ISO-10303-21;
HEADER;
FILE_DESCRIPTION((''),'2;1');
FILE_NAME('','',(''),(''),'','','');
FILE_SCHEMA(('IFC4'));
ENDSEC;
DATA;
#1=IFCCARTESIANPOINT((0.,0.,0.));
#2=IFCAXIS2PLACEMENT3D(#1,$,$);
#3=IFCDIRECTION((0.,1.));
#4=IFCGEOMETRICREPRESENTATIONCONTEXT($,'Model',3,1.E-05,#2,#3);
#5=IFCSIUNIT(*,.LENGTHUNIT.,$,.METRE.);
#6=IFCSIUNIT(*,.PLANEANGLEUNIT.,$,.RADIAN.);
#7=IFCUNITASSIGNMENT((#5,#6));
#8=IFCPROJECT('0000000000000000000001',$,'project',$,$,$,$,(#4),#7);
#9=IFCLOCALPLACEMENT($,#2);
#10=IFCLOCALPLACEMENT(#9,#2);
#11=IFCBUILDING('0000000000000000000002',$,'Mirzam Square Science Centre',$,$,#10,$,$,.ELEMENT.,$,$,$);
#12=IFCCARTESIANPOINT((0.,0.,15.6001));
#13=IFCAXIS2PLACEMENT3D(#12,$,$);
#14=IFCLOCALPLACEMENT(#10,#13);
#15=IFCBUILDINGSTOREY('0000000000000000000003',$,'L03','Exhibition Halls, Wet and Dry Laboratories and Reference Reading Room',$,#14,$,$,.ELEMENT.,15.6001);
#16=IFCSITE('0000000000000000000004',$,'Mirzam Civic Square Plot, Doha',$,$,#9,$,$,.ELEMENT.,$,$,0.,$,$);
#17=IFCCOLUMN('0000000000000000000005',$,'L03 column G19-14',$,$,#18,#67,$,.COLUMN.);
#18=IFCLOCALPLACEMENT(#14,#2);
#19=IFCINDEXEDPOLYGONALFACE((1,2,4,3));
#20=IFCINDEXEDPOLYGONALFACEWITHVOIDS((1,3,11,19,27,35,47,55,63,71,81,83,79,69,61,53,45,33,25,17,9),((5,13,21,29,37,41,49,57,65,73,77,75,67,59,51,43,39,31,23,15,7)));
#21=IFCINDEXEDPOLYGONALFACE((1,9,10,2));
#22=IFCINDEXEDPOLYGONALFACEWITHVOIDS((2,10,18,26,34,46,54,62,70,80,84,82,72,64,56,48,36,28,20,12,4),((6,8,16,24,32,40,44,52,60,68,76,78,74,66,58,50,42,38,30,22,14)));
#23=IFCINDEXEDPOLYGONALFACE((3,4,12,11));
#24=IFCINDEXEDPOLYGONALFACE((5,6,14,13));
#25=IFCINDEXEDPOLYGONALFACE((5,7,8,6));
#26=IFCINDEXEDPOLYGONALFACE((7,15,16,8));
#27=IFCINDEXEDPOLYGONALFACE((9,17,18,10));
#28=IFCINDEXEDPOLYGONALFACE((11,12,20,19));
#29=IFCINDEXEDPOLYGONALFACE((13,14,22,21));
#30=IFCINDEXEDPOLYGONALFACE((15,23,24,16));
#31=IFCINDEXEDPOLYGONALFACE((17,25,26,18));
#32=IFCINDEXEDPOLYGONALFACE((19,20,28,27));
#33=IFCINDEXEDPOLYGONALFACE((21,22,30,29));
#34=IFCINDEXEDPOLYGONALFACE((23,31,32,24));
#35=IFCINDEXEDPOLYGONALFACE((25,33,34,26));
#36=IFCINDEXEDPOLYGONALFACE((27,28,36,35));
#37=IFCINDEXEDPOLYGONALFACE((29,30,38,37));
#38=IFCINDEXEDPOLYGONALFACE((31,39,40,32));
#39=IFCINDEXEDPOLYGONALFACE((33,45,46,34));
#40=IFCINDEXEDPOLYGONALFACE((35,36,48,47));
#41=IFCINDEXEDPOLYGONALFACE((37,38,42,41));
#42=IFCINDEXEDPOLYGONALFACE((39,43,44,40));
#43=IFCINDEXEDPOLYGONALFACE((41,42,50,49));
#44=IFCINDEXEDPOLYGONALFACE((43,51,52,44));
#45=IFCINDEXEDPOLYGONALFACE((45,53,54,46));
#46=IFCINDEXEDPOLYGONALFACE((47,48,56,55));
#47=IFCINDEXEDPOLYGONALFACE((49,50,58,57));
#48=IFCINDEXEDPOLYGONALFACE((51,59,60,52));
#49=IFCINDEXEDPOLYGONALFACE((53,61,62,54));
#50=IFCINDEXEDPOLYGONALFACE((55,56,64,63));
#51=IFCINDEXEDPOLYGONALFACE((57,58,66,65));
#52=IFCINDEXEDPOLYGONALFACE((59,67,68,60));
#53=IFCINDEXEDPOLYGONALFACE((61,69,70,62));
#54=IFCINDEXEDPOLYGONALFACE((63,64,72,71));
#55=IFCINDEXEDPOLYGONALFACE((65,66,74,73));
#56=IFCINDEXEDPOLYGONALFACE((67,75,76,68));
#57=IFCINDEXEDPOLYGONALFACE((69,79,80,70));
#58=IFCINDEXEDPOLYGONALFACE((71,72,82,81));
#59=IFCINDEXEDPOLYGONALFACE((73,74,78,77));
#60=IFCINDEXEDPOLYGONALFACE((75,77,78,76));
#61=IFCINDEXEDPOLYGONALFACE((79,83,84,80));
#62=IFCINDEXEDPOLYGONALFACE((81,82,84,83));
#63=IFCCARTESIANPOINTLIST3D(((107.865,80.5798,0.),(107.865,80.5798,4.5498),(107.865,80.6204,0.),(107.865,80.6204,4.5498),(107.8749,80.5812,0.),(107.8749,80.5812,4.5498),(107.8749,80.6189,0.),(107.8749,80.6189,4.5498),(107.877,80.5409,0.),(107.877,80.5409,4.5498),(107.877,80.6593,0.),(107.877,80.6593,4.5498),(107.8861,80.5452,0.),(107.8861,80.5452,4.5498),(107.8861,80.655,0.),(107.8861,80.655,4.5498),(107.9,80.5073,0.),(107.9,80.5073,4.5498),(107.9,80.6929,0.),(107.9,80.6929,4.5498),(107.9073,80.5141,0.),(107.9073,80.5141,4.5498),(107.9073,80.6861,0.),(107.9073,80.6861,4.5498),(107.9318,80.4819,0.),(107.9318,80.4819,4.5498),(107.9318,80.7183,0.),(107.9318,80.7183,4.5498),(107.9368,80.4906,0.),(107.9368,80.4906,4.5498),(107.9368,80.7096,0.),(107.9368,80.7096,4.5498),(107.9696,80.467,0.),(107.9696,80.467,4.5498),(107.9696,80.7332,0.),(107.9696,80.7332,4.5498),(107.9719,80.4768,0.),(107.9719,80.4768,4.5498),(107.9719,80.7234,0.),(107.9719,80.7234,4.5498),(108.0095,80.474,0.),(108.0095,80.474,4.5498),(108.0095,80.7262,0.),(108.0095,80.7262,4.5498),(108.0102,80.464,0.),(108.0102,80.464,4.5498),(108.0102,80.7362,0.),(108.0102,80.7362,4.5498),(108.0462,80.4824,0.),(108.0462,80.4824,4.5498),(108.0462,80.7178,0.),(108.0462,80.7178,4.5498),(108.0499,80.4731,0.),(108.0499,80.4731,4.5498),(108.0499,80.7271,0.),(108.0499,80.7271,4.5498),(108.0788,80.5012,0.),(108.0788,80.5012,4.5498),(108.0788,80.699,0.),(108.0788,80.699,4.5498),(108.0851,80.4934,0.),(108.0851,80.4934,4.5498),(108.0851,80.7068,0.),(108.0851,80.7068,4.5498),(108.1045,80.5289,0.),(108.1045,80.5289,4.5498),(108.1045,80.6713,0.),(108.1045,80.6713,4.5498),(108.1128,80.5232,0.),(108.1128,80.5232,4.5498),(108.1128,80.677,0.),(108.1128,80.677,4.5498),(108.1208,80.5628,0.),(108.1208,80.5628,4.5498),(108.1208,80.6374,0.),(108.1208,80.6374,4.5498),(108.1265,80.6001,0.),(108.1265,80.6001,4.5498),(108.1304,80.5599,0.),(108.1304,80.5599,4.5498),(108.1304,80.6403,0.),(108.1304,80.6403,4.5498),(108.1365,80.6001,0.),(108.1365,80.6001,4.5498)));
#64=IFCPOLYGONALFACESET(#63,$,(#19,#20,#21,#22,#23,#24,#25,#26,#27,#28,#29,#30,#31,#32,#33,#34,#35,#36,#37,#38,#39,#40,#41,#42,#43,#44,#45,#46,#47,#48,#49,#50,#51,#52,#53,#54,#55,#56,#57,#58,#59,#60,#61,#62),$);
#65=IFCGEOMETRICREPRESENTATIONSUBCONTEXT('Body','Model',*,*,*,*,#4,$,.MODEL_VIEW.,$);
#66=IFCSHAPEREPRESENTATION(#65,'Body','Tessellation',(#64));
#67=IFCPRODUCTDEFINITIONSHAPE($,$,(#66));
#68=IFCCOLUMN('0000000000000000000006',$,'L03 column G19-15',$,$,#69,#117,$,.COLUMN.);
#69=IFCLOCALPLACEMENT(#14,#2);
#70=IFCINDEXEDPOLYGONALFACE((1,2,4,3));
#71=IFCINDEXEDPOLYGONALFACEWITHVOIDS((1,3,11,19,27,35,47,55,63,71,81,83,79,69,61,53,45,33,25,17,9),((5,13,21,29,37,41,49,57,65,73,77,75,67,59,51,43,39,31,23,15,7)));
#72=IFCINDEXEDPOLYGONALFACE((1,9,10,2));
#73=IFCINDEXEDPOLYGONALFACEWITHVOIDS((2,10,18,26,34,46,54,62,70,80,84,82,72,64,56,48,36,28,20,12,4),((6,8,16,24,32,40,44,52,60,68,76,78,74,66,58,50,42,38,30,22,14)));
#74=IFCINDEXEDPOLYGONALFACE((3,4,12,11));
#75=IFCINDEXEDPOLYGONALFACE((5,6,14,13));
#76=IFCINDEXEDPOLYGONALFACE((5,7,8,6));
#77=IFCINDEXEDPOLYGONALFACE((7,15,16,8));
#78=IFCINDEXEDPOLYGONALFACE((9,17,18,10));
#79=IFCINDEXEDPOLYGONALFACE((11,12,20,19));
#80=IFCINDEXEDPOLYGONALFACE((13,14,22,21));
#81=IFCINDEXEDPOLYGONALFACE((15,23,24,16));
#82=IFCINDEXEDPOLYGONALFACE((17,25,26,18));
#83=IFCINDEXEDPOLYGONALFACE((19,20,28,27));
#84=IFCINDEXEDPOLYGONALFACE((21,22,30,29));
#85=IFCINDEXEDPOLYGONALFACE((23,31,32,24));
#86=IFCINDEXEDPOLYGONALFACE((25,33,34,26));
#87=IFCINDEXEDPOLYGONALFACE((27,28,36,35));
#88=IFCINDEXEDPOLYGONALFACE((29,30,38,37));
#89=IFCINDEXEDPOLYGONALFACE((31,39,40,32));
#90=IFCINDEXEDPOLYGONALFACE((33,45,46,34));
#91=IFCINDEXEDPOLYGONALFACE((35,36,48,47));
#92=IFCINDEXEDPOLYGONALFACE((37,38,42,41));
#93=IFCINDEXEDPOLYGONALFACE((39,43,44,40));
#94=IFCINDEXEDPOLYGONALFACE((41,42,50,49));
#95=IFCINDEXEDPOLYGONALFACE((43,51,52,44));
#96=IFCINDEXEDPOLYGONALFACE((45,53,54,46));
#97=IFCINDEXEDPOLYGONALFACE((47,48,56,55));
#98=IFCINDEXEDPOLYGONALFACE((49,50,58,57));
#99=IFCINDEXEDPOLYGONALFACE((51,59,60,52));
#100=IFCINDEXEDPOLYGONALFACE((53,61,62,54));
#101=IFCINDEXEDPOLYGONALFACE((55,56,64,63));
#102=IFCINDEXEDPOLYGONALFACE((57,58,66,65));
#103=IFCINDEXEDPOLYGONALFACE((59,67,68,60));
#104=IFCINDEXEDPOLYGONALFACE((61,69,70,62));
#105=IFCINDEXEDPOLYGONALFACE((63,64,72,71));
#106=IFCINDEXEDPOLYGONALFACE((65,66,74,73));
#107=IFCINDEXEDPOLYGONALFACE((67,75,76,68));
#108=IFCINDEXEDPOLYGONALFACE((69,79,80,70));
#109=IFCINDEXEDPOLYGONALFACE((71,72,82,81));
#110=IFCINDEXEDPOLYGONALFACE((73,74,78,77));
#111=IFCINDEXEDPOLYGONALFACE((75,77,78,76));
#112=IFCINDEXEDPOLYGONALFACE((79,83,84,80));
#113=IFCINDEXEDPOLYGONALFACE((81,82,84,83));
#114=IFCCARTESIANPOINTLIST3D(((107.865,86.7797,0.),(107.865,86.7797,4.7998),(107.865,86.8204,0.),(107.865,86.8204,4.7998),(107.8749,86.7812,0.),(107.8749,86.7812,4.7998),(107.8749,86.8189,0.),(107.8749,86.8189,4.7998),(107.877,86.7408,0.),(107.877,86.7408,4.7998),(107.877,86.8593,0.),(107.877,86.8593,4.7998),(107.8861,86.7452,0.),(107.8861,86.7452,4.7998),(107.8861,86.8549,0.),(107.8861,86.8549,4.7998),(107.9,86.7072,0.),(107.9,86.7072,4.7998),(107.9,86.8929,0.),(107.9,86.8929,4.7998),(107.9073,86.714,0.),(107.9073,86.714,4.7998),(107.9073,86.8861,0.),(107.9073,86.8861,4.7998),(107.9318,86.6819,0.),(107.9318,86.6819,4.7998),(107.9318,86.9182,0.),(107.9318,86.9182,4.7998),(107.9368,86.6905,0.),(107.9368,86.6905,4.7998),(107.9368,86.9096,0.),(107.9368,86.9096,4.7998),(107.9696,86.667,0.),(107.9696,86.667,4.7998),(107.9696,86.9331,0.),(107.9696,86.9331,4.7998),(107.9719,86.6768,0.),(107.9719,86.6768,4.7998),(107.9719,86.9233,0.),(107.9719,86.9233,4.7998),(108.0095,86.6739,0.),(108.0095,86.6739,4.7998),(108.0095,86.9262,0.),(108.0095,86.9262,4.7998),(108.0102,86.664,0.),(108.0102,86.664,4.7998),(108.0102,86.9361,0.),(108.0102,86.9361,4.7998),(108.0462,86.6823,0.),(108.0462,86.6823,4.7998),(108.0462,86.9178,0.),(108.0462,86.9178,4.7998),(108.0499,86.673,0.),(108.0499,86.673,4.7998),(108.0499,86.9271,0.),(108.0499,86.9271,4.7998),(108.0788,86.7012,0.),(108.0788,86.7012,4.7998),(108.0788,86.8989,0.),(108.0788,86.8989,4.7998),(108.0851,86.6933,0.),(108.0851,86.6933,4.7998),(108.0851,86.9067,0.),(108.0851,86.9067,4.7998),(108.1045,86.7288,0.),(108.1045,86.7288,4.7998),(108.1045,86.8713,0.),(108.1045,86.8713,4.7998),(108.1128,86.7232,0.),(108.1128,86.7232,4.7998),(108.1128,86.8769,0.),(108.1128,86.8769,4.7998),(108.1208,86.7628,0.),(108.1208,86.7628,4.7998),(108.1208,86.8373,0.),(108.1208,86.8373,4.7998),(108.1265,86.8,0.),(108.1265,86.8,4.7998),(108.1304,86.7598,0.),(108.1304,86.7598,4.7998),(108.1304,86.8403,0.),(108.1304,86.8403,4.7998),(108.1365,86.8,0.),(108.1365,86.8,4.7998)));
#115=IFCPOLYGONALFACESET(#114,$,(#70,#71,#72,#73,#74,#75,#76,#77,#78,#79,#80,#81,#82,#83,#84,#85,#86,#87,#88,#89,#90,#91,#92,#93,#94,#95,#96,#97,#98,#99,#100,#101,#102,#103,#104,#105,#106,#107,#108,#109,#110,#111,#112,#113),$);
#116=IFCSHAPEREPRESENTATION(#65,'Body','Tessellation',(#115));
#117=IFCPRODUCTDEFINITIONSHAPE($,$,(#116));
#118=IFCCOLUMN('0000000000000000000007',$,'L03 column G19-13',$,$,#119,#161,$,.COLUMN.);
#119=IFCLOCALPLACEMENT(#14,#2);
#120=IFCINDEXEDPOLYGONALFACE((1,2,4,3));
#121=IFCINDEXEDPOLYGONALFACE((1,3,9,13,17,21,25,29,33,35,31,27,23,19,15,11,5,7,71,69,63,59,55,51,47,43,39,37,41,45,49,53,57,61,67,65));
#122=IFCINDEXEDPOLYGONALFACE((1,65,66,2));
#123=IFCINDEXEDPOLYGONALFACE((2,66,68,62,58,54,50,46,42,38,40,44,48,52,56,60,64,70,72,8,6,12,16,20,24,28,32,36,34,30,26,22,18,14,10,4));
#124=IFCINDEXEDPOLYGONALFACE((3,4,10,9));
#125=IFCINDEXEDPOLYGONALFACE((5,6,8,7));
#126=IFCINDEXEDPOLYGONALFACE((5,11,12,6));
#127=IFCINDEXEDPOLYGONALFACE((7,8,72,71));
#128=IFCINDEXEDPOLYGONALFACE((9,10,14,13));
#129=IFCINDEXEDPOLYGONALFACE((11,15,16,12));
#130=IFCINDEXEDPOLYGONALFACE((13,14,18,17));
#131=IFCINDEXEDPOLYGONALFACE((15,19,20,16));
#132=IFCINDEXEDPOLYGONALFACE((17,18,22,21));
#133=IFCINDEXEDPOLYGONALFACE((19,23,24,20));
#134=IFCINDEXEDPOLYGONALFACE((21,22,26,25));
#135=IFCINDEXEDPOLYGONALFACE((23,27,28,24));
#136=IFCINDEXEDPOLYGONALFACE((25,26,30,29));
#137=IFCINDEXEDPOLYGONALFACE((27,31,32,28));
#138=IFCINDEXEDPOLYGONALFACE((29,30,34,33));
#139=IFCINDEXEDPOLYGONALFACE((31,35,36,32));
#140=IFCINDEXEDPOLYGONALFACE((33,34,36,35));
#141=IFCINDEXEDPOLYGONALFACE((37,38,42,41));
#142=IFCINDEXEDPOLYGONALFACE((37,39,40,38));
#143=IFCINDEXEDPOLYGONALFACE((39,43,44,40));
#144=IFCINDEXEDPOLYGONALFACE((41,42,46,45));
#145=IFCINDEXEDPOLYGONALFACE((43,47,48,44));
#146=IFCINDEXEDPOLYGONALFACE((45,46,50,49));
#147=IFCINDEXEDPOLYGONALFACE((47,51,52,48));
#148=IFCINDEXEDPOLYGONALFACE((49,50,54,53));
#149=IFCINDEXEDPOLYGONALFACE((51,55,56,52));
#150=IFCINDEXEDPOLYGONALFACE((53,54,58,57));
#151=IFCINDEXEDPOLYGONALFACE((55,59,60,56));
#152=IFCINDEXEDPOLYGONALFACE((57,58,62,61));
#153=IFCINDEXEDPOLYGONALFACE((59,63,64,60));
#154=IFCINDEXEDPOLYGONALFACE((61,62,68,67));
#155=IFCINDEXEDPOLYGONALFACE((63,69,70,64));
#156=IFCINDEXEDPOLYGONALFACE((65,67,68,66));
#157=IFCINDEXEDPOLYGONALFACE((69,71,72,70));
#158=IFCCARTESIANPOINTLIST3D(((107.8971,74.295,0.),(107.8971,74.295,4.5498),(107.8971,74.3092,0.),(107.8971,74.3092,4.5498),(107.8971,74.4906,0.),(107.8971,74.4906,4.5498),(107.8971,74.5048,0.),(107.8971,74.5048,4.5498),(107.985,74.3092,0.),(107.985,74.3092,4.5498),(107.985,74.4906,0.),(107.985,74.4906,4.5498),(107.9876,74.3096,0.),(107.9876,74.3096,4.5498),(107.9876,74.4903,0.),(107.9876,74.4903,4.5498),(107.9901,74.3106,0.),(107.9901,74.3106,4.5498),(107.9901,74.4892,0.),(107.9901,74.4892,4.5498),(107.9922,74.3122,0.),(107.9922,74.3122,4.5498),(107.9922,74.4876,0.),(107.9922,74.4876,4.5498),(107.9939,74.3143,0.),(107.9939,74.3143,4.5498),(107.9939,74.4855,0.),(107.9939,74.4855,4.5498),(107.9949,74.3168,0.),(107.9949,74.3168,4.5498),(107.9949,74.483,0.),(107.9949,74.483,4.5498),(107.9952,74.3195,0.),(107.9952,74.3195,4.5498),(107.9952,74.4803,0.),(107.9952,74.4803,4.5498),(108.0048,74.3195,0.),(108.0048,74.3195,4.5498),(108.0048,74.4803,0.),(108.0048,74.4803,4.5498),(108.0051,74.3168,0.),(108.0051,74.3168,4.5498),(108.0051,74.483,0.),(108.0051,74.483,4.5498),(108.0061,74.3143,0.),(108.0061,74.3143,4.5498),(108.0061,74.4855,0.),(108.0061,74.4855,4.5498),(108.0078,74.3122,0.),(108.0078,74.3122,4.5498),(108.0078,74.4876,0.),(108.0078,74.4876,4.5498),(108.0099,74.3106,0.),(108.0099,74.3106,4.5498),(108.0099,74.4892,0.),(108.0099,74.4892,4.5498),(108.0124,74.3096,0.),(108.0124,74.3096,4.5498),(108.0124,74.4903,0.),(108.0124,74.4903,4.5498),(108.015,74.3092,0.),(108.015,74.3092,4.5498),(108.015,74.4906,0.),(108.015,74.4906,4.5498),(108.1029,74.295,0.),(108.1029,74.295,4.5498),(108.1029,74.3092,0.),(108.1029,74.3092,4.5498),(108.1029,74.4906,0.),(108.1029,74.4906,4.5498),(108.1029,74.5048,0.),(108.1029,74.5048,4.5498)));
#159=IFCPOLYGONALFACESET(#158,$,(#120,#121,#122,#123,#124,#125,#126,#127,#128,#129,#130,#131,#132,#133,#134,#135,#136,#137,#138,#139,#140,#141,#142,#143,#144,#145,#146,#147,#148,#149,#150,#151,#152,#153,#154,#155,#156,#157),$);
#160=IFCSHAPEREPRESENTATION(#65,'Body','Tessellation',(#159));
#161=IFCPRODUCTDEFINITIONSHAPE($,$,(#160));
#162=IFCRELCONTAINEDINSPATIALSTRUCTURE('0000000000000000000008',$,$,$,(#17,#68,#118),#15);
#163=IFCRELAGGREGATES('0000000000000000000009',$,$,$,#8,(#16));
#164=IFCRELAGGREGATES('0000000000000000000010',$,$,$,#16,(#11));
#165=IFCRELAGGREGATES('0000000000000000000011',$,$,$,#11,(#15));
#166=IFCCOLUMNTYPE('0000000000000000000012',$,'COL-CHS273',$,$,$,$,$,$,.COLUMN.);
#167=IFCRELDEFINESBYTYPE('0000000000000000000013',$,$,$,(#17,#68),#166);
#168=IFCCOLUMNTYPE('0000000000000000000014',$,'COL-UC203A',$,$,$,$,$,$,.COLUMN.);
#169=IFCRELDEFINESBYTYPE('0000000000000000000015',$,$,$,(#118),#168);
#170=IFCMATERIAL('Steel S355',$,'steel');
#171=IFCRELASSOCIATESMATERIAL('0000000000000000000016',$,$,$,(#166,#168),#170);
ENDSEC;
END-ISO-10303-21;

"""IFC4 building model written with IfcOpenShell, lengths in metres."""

from ifc_helpers import new_model, si_unit, direction, frame, origin, origin_2d, place, context, subcontext, project, spatial, hollow_circle, i_section, extrude, material, material_profile, profile_set, type_object, element, save


model = new_model("IFC4")

# Units and contexts
model_context = context("Model", 3, precision=1e-05, world=origin(), true_north=direction((0.0, 1.0)))
body_context = subcontext(model_context, "Body", "Model", "MODEL_VIEW")
ifc_project = project(units=[si_unit("LENGTHUNIT", "METRE"), si_unit("PLANEANGLEUNIT", "RADIAN")], contexts=[model_context])

# Site, building, storey
site_placement = place(None, origin())
site = spatial("IfcSite", under=ifc_project, at=site_placement, Name="Mirzam Civic Square Plot, Doha", CompositionType="ELEMENT", RefElevation=0.0)
building_placement = place(site_placement, origin())
building = spatial("IfcBuilding", under=site, at=building_placement, Name="Mirzam Square Science Centre", CompositionType="ELEMENT")
storey_placement = place(building_placement, frame((0.0, 0.0, 15.6001)))
storey = spatial("IfcBuildingStorey", under=building, at=storey_placement, Name="L03", Description="Exhibition Halls, Wet and Dry Laboratories and Reference Reading Room", CompositionType="ELEMENT", Elevation=15.6001)

# Columns
ifc_material_1 = material(Name="Steel S355", Category="steel")
ifc_material_profile_1 = material_profile(ifc_material_1, hollow_circle(Radius=0.1365, WallThickness=0.01, at=origin_2d()), Name="273.0x10.0CHS")
ifc_profile_set_1 = profile_set([ifc_material_profile_1], Name="Steel S355")
column_type_1 = type_object("IfcColumnType", Name="COL-CHS273", PredefinedType="COLUMN", material=ifc_profile_set_1)
column_1_placement = place(storey_placement, frame((108.0, 80.6001, 0.0), z_axis=(0.0, 0.0, 1.0), x_axis=(1.0, 0.0, 0.0)))
element("IfcColumn", 1, at=column_1_placement, inside=storey, type_object=column_type_1, Name="L03 column G19-14", PredefinedType="COLUMN", context=body_context, shape_type="SweptSolid", body=[
    extrude(hollow_circle(Radius=0.1365, WallThickness=0.01, at=origin_2d()), origin(), (0.0, 0.0, 1.0), 4.5498),
])
column_2_placement = place(storey_placement, frame((108.0, 86.8, 0.0), z_axis=(0.0, 0.0, 1.0), x_axis=(1.0, 0.0, 0.0)))
element("IfcColumn", 2, at=column_2_placement, inside=storey, type_object=column_type_1, Name="L03 column G19-15", PredefinedType="COLUMN", context=body_context, shape_type="SweptSolid", body=[
    extrude(hollow_circle(Radius=0.1365, WallThickness=0.01, at=origin_2d()), origin(), (0.0, 0.0, 1.0), 4.7998),
])
ifc_material_profile_2 = material_profile(ifc_material_1, i_section(OverallWidth=0.2058, OverallDepth=0.2097, WebThickness=0.0095, FlangeThickness=0.0142, FilletRadius=0.0103, at=origin_2d()), Name="203x203x60UC")
ifc_profile_set_2 = profile_set([ifc_material_profile_2], Name="Steel S355")
column_type_2 = type_object("IfcColumnType", Name="COL-UC203A", PredefinedType="COLUMN", material=ifc_profile_set_2)
column_3_placement = place(storey_placement, frame((108.0, 74.3999, 0.0), z_axis=(0.0, 0.0, 1.0), x_axis=(1.0, 0.0, 0.0)))
element("IfcColumn", 3, at=column_3_placement, inside=storey, type_object=column_type_2, Name="L03 column G19-13", PredefinedType="COLUMN", context=body_context, shape_type="SweptSolid", body=[
    extrude(i_section(OverallWidth=0.2058, OverallDepth=0.2097, WebThickness=0.0095, FlangeThickness=0.0142, FilletRadius=0.0103, at=origin_2d()), origin(), (0.0, 0.0, 1.0), 4.5498),
])

save(model, "model.ifc")
